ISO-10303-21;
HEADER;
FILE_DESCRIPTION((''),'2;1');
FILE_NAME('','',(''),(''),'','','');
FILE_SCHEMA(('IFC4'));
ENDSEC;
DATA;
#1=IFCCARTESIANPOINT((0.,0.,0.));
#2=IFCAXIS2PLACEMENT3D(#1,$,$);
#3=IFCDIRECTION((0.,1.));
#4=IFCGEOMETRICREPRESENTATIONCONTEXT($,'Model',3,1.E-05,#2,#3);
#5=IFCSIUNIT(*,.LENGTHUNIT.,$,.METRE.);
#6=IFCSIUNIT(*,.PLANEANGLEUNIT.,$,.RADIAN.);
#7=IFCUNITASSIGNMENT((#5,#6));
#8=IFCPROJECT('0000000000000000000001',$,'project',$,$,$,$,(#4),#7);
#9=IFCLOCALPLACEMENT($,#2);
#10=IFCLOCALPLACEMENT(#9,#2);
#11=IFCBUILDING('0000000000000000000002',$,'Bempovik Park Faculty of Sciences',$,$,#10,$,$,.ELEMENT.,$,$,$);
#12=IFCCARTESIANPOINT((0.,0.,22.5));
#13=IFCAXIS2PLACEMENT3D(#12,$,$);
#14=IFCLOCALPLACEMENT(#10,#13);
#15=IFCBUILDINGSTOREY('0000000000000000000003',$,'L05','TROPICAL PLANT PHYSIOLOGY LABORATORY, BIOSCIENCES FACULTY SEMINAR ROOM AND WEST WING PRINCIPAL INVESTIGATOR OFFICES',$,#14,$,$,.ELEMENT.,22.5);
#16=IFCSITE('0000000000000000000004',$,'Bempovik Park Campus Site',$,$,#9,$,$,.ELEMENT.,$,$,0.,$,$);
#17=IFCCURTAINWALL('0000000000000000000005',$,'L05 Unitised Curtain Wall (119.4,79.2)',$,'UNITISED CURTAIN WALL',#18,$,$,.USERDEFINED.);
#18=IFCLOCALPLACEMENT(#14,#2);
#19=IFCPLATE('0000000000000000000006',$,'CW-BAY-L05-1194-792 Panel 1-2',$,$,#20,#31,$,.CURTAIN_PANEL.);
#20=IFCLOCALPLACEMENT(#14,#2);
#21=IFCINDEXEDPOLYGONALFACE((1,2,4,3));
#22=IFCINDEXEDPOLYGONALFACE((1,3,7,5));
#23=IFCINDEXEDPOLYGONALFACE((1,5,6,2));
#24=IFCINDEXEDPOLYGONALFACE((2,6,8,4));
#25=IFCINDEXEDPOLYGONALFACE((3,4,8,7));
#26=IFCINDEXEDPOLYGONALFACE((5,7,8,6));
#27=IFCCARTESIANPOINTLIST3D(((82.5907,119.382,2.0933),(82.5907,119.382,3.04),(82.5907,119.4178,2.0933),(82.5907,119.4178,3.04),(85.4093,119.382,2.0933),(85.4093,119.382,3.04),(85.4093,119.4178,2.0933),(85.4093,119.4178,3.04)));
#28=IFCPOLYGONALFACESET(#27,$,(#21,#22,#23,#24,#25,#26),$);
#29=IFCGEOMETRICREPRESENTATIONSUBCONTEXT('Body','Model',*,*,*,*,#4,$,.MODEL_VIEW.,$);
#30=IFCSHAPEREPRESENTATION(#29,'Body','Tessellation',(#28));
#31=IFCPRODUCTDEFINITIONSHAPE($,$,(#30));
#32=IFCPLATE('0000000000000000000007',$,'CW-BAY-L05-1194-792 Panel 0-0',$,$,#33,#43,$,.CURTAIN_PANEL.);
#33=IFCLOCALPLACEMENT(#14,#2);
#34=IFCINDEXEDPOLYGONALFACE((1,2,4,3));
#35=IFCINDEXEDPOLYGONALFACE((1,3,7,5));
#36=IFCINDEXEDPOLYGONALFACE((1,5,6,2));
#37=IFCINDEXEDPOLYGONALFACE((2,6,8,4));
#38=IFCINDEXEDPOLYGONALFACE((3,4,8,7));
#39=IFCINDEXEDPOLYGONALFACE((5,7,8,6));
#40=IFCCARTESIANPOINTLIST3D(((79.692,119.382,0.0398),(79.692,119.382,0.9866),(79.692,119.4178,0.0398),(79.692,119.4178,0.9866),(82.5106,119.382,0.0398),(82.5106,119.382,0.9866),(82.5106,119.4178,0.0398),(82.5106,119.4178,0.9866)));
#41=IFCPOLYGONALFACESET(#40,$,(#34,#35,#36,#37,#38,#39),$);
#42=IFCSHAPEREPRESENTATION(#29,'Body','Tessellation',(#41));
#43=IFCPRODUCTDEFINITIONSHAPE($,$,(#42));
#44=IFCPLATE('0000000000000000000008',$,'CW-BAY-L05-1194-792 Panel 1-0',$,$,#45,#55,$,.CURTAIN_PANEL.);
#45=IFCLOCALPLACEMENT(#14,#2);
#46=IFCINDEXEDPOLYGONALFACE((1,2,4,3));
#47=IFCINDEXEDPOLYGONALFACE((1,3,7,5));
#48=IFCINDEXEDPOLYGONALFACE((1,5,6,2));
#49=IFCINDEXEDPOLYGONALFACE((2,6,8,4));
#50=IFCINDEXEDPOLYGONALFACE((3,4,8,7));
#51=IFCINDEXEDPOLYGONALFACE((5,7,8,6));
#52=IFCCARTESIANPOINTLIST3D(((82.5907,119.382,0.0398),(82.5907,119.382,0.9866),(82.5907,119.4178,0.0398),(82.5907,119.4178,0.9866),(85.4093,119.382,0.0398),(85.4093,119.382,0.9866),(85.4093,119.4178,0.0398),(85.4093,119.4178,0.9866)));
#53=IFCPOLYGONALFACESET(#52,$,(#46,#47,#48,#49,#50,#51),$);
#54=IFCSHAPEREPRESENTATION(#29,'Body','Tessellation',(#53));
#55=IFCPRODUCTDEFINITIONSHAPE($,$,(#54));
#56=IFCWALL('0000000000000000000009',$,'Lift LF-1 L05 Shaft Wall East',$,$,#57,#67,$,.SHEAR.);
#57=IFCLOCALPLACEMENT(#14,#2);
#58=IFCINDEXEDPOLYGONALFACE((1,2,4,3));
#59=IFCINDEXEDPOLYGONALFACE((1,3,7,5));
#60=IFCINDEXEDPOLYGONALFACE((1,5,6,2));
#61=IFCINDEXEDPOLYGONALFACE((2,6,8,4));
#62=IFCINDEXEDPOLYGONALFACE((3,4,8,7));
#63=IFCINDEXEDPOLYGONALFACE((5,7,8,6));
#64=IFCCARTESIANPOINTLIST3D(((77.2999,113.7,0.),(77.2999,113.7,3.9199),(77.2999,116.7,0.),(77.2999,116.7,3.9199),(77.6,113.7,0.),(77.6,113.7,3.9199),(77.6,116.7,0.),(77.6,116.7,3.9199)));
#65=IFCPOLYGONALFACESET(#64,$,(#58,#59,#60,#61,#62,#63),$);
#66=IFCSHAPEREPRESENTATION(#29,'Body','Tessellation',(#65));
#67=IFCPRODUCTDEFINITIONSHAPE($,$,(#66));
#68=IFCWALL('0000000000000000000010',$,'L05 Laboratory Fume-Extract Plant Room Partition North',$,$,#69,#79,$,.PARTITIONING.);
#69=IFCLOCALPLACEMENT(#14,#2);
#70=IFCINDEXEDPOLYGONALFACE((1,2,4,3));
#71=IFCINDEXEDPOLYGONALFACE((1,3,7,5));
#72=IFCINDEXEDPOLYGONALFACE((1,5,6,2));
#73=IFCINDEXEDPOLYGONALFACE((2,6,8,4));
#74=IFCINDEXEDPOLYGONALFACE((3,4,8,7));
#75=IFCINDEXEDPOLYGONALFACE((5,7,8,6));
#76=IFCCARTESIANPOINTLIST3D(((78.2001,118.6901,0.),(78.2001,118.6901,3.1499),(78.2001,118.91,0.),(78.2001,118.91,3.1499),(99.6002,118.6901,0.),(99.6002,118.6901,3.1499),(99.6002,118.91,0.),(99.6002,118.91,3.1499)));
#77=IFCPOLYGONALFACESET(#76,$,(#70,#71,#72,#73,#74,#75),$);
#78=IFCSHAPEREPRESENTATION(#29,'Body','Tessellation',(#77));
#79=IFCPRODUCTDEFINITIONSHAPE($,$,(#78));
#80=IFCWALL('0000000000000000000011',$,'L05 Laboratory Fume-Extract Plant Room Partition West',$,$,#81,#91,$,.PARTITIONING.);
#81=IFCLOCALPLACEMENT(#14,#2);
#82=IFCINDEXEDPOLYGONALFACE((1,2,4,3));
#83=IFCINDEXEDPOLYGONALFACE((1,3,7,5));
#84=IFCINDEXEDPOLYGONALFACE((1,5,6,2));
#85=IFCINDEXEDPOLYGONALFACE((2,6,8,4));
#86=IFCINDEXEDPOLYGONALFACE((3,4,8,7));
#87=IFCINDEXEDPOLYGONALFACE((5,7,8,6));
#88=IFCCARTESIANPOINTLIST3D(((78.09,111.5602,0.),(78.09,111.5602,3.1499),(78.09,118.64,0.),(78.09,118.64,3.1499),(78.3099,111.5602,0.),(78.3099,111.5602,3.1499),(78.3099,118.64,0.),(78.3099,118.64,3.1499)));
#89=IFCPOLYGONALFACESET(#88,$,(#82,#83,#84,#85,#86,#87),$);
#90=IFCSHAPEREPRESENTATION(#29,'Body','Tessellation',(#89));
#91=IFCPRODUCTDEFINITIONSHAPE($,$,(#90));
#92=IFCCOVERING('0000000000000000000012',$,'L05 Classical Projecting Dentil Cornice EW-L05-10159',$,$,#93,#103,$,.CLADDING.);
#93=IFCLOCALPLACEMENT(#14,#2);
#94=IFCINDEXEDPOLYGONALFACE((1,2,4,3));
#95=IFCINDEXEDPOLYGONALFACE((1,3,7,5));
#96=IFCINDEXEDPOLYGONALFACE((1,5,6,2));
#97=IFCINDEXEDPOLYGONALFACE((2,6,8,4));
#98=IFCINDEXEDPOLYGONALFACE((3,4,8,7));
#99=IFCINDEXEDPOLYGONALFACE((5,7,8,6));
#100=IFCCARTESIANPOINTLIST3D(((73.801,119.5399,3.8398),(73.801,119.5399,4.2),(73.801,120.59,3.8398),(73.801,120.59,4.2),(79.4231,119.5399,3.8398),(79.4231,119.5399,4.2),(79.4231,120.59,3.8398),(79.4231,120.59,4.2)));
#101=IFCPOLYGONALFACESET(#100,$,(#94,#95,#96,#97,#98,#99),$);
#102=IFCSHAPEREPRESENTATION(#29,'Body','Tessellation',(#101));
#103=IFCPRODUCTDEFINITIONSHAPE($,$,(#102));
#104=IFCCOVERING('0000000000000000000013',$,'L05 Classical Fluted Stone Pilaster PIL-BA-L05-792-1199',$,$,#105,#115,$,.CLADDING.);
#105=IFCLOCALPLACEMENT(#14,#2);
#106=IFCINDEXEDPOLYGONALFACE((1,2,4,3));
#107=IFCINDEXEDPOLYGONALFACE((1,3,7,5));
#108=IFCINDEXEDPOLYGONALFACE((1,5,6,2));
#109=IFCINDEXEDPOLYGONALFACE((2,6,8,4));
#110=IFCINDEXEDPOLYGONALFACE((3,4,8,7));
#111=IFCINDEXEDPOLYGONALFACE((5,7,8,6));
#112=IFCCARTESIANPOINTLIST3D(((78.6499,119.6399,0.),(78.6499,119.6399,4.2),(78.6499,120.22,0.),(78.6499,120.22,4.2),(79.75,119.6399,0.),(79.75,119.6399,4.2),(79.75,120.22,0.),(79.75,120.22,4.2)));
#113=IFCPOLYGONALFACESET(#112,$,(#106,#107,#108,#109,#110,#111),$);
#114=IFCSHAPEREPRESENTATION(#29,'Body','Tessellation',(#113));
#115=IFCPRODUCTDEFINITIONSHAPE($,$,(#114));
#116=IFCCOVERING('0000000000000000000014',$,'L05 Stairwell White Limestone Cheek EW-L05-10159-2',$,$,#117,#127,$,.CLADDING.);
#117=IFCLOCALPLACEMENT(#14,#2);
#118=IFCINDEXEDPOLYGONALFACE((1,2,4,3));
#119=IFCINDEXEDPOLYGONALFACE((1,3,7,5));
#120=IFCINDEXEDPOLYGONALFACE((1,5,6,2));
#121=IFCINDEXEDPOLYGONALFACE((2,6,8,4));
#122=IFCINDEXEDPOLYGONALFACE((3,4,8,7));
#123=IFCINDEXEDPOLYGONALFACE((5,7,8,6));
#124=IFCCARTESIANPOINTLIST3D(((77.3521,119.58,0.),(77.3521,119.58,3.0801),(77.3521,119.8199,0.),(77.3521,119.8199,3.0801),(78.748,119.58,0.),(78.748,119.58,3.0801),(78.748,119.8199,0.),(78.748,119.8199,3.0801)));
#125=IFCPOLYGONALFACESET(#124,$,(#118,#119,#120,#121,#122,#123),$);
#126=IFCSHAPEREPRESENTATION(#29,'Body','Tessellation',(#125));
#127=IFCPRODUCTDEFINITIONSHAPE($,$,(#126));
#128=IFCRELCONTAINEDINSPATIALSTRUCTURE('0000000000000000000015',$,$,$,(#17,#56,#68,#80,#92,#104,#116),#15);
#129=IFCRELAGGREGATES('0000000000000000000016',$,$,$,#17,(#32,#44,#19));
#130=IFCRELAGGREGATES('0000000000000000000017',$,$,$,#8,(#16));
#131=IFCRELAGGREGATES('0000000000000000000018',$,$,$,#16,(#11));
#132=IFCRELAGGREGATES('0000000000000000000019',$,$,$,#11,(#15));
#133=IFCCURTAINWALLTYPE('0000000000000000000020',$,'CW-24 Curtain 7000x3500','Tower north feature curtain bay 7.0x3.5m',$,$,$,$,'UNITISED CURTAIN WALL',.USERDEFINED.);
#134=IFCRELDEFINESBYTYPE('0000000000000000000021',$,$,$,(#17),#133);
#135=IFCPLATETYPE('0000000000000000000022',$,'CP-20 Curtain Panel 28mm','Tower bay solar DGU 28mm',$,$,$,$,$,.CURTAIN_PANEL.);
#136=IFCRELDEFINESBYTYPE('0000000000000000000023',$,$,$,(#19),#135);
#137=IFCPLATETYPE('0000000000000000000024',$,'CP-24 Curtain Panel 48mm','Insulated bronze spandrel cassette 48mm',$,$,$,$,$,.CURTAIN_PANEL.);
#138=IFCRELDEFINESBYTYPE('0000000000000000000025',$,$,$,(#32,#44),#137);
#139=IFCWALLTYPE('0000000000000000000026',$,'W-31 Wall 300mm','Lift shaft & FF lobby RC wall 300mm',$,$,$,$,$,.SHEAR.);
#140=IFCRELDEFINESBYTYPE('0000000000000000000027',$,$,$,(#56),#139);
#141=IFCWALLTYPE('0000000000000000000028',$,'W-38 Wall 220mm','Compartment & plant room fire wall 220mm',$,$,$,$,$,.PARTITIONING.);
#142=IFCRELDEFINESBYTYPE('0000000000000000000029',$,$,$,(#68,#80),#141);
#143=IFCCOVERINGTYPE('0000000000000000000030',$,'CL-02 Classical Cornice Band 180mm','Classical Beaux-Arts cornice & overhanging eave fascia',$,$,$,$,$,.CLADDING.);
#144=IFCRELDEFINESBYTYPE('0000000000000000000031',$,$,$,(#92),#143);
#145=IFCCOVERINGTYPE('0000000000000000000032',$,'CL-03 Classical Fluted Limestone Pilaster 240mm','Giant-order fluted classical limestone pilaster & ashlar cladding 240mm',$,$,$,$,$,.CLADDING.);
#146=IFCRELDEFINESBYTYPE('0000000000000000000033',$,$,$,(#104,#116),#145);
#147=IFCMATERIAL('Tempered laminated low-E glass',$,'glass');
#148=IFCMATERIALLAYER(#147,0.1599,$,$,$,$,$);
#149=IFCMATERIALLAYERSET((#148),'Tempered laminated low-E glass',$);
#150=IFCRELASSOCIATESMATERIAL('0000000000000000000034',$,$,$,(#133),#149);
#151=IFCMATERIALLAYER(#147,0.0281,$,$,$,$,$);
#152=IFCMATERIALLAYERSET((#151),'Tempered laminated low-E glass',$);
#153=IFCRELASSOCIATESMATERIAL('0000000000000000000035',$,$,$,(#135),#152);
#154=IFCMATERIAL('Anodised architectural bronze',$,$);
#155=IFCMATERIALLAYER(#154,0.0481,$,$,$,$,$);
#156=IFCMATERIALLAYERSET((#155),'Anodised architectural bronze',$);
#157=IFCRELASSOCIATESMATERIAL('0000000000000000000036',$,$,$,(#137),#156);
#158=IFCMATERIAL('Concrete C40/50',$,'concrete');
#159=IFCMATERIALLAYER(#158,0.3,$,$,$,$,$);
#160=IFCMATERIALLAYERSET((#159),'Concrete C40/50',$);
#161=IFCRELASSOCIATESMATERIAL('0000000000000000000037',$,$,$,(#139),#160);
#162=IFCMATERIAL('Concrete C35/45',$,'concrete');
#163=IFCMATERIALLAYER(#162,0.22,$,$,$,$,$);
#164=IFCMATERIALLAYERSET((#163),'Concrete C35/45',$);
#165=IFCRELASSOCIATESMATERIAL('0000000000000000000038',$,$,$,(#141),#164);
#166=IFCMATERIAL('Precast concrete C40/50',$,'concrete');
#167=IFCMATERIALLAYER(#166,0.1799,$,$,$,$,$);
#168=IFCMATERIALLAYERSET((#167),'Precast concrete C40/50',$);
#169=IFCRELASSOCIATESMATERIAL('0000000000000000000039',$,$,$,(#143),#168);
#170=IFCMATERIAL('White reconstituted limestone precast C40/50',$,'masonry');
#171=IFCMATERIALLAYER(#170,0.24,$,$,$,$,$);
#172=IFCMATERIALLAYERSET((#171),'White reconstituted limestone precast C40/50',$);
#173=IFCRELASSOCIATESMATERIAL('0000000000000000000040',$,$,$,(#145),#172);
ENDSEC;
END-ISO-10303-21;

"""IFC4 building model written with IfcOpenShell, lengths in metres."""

from ifc_helpers import new_model, si_unit, direction, frame, frame_2d, origin, origin_2d, place, context, subcontext, project, spatial, rectangle, extrude, material, layer, layer_set, type_object, element, aggregate, save


model = new_model("IFC4")

# Units and contexts
model_context = context("Model", 3, precision=1e-05, world=origin(), true_north=direction((0.0, 1.0)))
body_context = subcontext(model_context, "Body", "Model", "MODEL_VIEW")
ifc_project = project(units=[si_unit("LENGTHUNIT", "METRE"), si_unit("PLANEANGLEUNIT", "RADIAN")], contexts=[model_context])

# Site, building, storey
site_placement = place(None, origin())
site = spatial("IfcSite", under=ifc_project, at=site_placement, Name="Bempovik Park Campus Site", CompositionType="ELEMENT", RefElevation=0.0)
building_placement = place(site_placement, origin())
building = spatial("IfcBuilding", under=site, at=building_placement, Name="Bempovik Park Faculty of Sciences", CompositionType="ELEMENT")
storey_placement = place(building_placement, frame((0.0, 0.0, 22.5)))
storey = spatial("IfcBuildingStorey", under=building, at=storey_placement, Name="L05", Description="TROPICAL PLANT PHYSIOLOGY LABORATORY, BIOSCIENCES FACULTY SEMINAR ROOM AND WEST WING PRINCIPAL INVESTIGATOR OFFICES", CompositionType="ELEMENT", Elevation=22.5)

# Shared definitions
ifc_material_1 = material(Name="Concrete C40/50", Category="concrete")

# Shared definitions
ifc_material_2 = material(Name="Concrete C35/45", Category="concrete")

# Curtain wall, plates
ifc_material_3 = material(Name="Tempered laminated low-E glass", Category="glass")
ifc_layer_1 = layer(ifc_material_3, 0.1599)
ifc_layer_set_1 = layer_set([ifc_layer_1], Name="Tempered laminated low-E glass")
curtain_wall_type = type_object("IfcCurtainWallType", Name="CW-24 Curtain 7000x3500", Description="Tower north feature curtain bay 7.0x3.5m", ElementType="UNITISED CURTAIN WALL", PredefinedType="USERDEFINED", material=ifc_layer_set_1)
curtain_wall_placement = place(storey_placement, origin())
curtain_wall = element("IfcCurtainWall", 1, at=curtain_wall_placement, inside=storey, type_object=curtain_wall_type, Name="L05 Unitised Curtain Wall (119.4,79.2)", ObjectType="UNITISED CURTAIN WALL", PredefinedType="USERDEFINED")
ifc_layer_2 = layer(ifc_material_3, 0.0281)
ifc_layer_set_2 = layer_set([ifc_layer_2], Name="Tempered laminated low-E glass")
plate_type_1 = type_object("IfcPlateType", Name="CP-20 Curtain Panel 28mm", Description="Tower bay solar DGU 28mm", PredefinedType="CURTAIN_PANEL", material=ifc_layer_set_2)
plate_1_placement = place(storey_placement, frame((84.0, 119.3999, 2.0933), z_axis=(0.0, 0.0, 1.0), x_axis=(1.0, 0.0, 0.0)))
plate_1 = element("IfcPlate", 2, at=plate_1_placement, type_object=plate_type_1, Name="CW-BAY-L05-1194-792 Panel 1-2", PredefinedType="CURTAIN_PANEL", context=body_context, shape_type="SweptSolid", body=[
    extrude(rectangle(XDim=2.8186, YDim=0.0359, at=origin_2d()), origin(), (0.0, 0.0, 1.0), 0.9468),
])
ifc_material_4 = material(Name="Anodised architectural bronze")
ifc_layer_3 = layer(ifc_material_4, 0.0481)
ifc_layer_set_3 = layer_set([ifc_layer_3], Name="Anodised architectural bronze")
plate_type_2 = type_object("IfcPlateType", Name="CP-24 Curtain Panel 48mm", Description="Insulated bronze spandrel cassette 48mm", PredefinedType="CURTAIN_PANEL", material=ifc_layer_set_3)
plate_2_placement = place(storey_placement, frame((81.1013, 119.3999, 0.0398), z_axis=(0.0, 0.0, 1.0), x_axis=(1.0, 0.0, 0.0)))
plate_2 = element("IfcPlate", 3, at=plate_2_placement, type_object=plate_type_2, Name="CW-BAY-L05-1194-792 Panel 0-0", PredefinedType="CURTAIN_PANEL", context=body_context, shape_type="SweptSolid", body=[
    extrude(rectangle(XDim=2.8186, YDim=0.0359, at=origin_2d()), origin(), (0.0, 0.0, 1.0), 0.9468),
])
plate_3_placement = place(storey_placement, frame((84.0, 119.3999, 0.0398), z_axis=(0.0, 0.0, 1.0), x_axis=(1.0, 0.0, 0.0)))
plate_3 = element("IfcPlate", 4, at=plate_3_placement, type_object=plate_type_2, Name="CW-BAY-L05-1194-792 Panel 1-0", PredefinedType="CURTAIN_PANEL", context=body_context, shape_type="SweptSolid", body=[
    extrude(rectangle(XDim=2.8186, YDim=0.0359, at=origin_2d()), origin(), (0.0, 0.0, 1.0), 0.9468),
])
aggregate(curtain_wall, [plate_2, plate_3, plate_1])

# Walls
ifc_layer_4 = layer(ifc_material_1, 0.3)
ifc_layer_set_4 = layer_set([ifc_layer_4], Name="Concrete C40/50")
wall_type_1 = type_object("IfcWallType", Name="W-31 Wall 300mm", Description="Lift shaft & FF lobby RC wall 300mm", PredefinedType="SHEAR", material=ifc_layer_set_4)
wall_1_placement = place(storey_placement, frame((77.45, 113.7, 0.0), z_axis=(0.0, 0.0, 1.0), x_axis=(0.0, 1.0, 0.0)))
element("IfcWall", 5, at=wall_1_placement, inside=storey, type_object=wall_type_1, Name="Lift LF-1 L05 Shaft Wall East", PredefinedType="SHEAR", context=body_context, shape_type="SweptSolid", body=[
    extrude(rectangle(XDim=3.0, YDim=0.3, at=frame_2d((1.5, 0.0))), origin(), (0.0, 0.0, 1.0), 3.9199),
])
ifc_layer_5 = layer(ifc_material_2, 0.22)
ifc_layer_set_5 = layer_set([ifc_layer_5], Name="Concrete C35/45")
wall_type_2 = type_object("IfcWallType", Name="W-38 Wall 220mm", Description="Compartment & plant room fire wall 220mm", PredefinedType="PARTITIONING", material=ifc_layer_set_5)
wall_2_placement = place(storey_placement, frame((78.2, 118.8, 0.0), z_axis=(0.0, 0.0, 1.0), x_axis=(1.0, 0.0, 0.0)))
element("IfcWall", 6, at=wall_2_placement, inside=storey, type_object=wall_type_2, Name="L05 Laboratory Fume-Extract Plant Room Partition North", PredefinedType="PARTITIONING", context=body_context, shape_type="SweptSolid", body=[
    extrude(rectangle(XDim=21.4001, YDim=0.22, at=frame_2d((10.7002, 0.0))), origin(), (0.0, 0.0, 1.0), 3.1499),
])
wall_3_placement = place(storey_placement, frame((78.2, 111.5601, 0.0), z_axis=(0.0, 0.0, 1.0), x_axis=(0.0, 1.0, 0.0)))
element("IfcWall", 7, at=wall_3_placement, inside=storey, type_object=wall_type_2, Name="L05 Laboratory Fume-Extract Plant Room Partition West", PredefinedType="PARTITIONING", context=body_context, shape_type="SweptSolid", body=[
    extrude(rectangle(XDim=7.0798, YDim=0.22, at=frame_2d((3.54, 0.0))), origin(), (0.0, 0.0, 1.0), 3.1499),
])

# Coverings
ifc_material_5 = material(Name="Precast concrete C40/50", Category="concrete")
ifc_layer_6 = layer(ifc_material_5, 0.1799)
ifc_layer_set_6 = layer_set([ifc_layer_6], Name="Precast concrete C40/50")
covering_type_1 = type_object("IfcCoveringType", Name="CL-02 Classical Cornice Band 180mm", Description="Classical Beaux-Arts cornice & overhanging eave fascia", PredefinedType="CLADDING", material=ifc_layer_set_6)
covering_1_placement = place(storey_placement, frame((76.6121, 120.0649, 3.8398), z_axis=(0.0, 0.0, 1.0), x_axis=(1.0, 0.0, 0.0)))
element("IfcCovering", 8, at=covering_1_placement, inside=storey, type_object=covering_type_1, Name="L05 Classical Projecting Dentil Cornice EW-L05-10159", PredefinedType="CLADDING", context=body_context, shape_type="SweptSolid", body=[
    extrude(rectangle(XDim=5.6221, YDim=1.05, at=origin_2d()), origin(), (0.0, 0.0, 1.0), 0.3601),
])
ifc_material_6 = material(Name="White reconstituted limestone precast C40/50", Category="masonry")
ifc_layer_7 = layer(ifc_material_6, 0.24)
ifc_layer_set_7 = layer_set([ifc_layer_7], Name="White reconstituted limestone precast C40/50")
covering_type_2 = type_object("IfcCoveringType", Name="CL-03 Classical Fluted Limestone Pilaster 240mm", Description="Giant-order fluted classical limestone pilaster & ashlar cladding 240mm", PredefinedType="CLADDING", material=ifc_layer_set_7)
covering_2_placement = place(storey_placement, frame((79.2, 119.9299, 0.0), z_axis=(0.0, 0.0, 1.0), x_axis=(1.0, 0.0, 0.0)))
element("IfcCovering", 9, at=covering_2_placement, inside=storey, type_object=covering_type_2, Name="L05 Classical Fluted Stone Pilaster PIL-BA-L05-792-1199", PredefinedType="CLADDING", context=body_context, shape_type="SweptSolid", body=[
    extrude(rectangle(XDim=1.1001, YDim=0.5801, at=origin_2d()), origin(), (0.0, 0.0, 1.0), 4.2),
])
covering_3_placement = place(storey_placement, frame((78.05, 119.7, 0.0), z_axis=(0.0, 0.0, 1.0), x_axis=(1.0, 0.0, 0.0)))
element("IfcCovering", 10, at=covering_3_placement, inside=storey, type_object=covering_type_2, Name="L05 Stairwell White Limestone Cheek EW-L05-10159-2", PredefinedType="CLADDING", context=body_context, shape_type="SweptSolid", body=[
    extrude(rectangle(XDim=1.396, YDim=0.24, at=origin_2d()), origin(), (0.0, 0.0, 1.0), 3.0801),
])

save(model, "model.ifc")
